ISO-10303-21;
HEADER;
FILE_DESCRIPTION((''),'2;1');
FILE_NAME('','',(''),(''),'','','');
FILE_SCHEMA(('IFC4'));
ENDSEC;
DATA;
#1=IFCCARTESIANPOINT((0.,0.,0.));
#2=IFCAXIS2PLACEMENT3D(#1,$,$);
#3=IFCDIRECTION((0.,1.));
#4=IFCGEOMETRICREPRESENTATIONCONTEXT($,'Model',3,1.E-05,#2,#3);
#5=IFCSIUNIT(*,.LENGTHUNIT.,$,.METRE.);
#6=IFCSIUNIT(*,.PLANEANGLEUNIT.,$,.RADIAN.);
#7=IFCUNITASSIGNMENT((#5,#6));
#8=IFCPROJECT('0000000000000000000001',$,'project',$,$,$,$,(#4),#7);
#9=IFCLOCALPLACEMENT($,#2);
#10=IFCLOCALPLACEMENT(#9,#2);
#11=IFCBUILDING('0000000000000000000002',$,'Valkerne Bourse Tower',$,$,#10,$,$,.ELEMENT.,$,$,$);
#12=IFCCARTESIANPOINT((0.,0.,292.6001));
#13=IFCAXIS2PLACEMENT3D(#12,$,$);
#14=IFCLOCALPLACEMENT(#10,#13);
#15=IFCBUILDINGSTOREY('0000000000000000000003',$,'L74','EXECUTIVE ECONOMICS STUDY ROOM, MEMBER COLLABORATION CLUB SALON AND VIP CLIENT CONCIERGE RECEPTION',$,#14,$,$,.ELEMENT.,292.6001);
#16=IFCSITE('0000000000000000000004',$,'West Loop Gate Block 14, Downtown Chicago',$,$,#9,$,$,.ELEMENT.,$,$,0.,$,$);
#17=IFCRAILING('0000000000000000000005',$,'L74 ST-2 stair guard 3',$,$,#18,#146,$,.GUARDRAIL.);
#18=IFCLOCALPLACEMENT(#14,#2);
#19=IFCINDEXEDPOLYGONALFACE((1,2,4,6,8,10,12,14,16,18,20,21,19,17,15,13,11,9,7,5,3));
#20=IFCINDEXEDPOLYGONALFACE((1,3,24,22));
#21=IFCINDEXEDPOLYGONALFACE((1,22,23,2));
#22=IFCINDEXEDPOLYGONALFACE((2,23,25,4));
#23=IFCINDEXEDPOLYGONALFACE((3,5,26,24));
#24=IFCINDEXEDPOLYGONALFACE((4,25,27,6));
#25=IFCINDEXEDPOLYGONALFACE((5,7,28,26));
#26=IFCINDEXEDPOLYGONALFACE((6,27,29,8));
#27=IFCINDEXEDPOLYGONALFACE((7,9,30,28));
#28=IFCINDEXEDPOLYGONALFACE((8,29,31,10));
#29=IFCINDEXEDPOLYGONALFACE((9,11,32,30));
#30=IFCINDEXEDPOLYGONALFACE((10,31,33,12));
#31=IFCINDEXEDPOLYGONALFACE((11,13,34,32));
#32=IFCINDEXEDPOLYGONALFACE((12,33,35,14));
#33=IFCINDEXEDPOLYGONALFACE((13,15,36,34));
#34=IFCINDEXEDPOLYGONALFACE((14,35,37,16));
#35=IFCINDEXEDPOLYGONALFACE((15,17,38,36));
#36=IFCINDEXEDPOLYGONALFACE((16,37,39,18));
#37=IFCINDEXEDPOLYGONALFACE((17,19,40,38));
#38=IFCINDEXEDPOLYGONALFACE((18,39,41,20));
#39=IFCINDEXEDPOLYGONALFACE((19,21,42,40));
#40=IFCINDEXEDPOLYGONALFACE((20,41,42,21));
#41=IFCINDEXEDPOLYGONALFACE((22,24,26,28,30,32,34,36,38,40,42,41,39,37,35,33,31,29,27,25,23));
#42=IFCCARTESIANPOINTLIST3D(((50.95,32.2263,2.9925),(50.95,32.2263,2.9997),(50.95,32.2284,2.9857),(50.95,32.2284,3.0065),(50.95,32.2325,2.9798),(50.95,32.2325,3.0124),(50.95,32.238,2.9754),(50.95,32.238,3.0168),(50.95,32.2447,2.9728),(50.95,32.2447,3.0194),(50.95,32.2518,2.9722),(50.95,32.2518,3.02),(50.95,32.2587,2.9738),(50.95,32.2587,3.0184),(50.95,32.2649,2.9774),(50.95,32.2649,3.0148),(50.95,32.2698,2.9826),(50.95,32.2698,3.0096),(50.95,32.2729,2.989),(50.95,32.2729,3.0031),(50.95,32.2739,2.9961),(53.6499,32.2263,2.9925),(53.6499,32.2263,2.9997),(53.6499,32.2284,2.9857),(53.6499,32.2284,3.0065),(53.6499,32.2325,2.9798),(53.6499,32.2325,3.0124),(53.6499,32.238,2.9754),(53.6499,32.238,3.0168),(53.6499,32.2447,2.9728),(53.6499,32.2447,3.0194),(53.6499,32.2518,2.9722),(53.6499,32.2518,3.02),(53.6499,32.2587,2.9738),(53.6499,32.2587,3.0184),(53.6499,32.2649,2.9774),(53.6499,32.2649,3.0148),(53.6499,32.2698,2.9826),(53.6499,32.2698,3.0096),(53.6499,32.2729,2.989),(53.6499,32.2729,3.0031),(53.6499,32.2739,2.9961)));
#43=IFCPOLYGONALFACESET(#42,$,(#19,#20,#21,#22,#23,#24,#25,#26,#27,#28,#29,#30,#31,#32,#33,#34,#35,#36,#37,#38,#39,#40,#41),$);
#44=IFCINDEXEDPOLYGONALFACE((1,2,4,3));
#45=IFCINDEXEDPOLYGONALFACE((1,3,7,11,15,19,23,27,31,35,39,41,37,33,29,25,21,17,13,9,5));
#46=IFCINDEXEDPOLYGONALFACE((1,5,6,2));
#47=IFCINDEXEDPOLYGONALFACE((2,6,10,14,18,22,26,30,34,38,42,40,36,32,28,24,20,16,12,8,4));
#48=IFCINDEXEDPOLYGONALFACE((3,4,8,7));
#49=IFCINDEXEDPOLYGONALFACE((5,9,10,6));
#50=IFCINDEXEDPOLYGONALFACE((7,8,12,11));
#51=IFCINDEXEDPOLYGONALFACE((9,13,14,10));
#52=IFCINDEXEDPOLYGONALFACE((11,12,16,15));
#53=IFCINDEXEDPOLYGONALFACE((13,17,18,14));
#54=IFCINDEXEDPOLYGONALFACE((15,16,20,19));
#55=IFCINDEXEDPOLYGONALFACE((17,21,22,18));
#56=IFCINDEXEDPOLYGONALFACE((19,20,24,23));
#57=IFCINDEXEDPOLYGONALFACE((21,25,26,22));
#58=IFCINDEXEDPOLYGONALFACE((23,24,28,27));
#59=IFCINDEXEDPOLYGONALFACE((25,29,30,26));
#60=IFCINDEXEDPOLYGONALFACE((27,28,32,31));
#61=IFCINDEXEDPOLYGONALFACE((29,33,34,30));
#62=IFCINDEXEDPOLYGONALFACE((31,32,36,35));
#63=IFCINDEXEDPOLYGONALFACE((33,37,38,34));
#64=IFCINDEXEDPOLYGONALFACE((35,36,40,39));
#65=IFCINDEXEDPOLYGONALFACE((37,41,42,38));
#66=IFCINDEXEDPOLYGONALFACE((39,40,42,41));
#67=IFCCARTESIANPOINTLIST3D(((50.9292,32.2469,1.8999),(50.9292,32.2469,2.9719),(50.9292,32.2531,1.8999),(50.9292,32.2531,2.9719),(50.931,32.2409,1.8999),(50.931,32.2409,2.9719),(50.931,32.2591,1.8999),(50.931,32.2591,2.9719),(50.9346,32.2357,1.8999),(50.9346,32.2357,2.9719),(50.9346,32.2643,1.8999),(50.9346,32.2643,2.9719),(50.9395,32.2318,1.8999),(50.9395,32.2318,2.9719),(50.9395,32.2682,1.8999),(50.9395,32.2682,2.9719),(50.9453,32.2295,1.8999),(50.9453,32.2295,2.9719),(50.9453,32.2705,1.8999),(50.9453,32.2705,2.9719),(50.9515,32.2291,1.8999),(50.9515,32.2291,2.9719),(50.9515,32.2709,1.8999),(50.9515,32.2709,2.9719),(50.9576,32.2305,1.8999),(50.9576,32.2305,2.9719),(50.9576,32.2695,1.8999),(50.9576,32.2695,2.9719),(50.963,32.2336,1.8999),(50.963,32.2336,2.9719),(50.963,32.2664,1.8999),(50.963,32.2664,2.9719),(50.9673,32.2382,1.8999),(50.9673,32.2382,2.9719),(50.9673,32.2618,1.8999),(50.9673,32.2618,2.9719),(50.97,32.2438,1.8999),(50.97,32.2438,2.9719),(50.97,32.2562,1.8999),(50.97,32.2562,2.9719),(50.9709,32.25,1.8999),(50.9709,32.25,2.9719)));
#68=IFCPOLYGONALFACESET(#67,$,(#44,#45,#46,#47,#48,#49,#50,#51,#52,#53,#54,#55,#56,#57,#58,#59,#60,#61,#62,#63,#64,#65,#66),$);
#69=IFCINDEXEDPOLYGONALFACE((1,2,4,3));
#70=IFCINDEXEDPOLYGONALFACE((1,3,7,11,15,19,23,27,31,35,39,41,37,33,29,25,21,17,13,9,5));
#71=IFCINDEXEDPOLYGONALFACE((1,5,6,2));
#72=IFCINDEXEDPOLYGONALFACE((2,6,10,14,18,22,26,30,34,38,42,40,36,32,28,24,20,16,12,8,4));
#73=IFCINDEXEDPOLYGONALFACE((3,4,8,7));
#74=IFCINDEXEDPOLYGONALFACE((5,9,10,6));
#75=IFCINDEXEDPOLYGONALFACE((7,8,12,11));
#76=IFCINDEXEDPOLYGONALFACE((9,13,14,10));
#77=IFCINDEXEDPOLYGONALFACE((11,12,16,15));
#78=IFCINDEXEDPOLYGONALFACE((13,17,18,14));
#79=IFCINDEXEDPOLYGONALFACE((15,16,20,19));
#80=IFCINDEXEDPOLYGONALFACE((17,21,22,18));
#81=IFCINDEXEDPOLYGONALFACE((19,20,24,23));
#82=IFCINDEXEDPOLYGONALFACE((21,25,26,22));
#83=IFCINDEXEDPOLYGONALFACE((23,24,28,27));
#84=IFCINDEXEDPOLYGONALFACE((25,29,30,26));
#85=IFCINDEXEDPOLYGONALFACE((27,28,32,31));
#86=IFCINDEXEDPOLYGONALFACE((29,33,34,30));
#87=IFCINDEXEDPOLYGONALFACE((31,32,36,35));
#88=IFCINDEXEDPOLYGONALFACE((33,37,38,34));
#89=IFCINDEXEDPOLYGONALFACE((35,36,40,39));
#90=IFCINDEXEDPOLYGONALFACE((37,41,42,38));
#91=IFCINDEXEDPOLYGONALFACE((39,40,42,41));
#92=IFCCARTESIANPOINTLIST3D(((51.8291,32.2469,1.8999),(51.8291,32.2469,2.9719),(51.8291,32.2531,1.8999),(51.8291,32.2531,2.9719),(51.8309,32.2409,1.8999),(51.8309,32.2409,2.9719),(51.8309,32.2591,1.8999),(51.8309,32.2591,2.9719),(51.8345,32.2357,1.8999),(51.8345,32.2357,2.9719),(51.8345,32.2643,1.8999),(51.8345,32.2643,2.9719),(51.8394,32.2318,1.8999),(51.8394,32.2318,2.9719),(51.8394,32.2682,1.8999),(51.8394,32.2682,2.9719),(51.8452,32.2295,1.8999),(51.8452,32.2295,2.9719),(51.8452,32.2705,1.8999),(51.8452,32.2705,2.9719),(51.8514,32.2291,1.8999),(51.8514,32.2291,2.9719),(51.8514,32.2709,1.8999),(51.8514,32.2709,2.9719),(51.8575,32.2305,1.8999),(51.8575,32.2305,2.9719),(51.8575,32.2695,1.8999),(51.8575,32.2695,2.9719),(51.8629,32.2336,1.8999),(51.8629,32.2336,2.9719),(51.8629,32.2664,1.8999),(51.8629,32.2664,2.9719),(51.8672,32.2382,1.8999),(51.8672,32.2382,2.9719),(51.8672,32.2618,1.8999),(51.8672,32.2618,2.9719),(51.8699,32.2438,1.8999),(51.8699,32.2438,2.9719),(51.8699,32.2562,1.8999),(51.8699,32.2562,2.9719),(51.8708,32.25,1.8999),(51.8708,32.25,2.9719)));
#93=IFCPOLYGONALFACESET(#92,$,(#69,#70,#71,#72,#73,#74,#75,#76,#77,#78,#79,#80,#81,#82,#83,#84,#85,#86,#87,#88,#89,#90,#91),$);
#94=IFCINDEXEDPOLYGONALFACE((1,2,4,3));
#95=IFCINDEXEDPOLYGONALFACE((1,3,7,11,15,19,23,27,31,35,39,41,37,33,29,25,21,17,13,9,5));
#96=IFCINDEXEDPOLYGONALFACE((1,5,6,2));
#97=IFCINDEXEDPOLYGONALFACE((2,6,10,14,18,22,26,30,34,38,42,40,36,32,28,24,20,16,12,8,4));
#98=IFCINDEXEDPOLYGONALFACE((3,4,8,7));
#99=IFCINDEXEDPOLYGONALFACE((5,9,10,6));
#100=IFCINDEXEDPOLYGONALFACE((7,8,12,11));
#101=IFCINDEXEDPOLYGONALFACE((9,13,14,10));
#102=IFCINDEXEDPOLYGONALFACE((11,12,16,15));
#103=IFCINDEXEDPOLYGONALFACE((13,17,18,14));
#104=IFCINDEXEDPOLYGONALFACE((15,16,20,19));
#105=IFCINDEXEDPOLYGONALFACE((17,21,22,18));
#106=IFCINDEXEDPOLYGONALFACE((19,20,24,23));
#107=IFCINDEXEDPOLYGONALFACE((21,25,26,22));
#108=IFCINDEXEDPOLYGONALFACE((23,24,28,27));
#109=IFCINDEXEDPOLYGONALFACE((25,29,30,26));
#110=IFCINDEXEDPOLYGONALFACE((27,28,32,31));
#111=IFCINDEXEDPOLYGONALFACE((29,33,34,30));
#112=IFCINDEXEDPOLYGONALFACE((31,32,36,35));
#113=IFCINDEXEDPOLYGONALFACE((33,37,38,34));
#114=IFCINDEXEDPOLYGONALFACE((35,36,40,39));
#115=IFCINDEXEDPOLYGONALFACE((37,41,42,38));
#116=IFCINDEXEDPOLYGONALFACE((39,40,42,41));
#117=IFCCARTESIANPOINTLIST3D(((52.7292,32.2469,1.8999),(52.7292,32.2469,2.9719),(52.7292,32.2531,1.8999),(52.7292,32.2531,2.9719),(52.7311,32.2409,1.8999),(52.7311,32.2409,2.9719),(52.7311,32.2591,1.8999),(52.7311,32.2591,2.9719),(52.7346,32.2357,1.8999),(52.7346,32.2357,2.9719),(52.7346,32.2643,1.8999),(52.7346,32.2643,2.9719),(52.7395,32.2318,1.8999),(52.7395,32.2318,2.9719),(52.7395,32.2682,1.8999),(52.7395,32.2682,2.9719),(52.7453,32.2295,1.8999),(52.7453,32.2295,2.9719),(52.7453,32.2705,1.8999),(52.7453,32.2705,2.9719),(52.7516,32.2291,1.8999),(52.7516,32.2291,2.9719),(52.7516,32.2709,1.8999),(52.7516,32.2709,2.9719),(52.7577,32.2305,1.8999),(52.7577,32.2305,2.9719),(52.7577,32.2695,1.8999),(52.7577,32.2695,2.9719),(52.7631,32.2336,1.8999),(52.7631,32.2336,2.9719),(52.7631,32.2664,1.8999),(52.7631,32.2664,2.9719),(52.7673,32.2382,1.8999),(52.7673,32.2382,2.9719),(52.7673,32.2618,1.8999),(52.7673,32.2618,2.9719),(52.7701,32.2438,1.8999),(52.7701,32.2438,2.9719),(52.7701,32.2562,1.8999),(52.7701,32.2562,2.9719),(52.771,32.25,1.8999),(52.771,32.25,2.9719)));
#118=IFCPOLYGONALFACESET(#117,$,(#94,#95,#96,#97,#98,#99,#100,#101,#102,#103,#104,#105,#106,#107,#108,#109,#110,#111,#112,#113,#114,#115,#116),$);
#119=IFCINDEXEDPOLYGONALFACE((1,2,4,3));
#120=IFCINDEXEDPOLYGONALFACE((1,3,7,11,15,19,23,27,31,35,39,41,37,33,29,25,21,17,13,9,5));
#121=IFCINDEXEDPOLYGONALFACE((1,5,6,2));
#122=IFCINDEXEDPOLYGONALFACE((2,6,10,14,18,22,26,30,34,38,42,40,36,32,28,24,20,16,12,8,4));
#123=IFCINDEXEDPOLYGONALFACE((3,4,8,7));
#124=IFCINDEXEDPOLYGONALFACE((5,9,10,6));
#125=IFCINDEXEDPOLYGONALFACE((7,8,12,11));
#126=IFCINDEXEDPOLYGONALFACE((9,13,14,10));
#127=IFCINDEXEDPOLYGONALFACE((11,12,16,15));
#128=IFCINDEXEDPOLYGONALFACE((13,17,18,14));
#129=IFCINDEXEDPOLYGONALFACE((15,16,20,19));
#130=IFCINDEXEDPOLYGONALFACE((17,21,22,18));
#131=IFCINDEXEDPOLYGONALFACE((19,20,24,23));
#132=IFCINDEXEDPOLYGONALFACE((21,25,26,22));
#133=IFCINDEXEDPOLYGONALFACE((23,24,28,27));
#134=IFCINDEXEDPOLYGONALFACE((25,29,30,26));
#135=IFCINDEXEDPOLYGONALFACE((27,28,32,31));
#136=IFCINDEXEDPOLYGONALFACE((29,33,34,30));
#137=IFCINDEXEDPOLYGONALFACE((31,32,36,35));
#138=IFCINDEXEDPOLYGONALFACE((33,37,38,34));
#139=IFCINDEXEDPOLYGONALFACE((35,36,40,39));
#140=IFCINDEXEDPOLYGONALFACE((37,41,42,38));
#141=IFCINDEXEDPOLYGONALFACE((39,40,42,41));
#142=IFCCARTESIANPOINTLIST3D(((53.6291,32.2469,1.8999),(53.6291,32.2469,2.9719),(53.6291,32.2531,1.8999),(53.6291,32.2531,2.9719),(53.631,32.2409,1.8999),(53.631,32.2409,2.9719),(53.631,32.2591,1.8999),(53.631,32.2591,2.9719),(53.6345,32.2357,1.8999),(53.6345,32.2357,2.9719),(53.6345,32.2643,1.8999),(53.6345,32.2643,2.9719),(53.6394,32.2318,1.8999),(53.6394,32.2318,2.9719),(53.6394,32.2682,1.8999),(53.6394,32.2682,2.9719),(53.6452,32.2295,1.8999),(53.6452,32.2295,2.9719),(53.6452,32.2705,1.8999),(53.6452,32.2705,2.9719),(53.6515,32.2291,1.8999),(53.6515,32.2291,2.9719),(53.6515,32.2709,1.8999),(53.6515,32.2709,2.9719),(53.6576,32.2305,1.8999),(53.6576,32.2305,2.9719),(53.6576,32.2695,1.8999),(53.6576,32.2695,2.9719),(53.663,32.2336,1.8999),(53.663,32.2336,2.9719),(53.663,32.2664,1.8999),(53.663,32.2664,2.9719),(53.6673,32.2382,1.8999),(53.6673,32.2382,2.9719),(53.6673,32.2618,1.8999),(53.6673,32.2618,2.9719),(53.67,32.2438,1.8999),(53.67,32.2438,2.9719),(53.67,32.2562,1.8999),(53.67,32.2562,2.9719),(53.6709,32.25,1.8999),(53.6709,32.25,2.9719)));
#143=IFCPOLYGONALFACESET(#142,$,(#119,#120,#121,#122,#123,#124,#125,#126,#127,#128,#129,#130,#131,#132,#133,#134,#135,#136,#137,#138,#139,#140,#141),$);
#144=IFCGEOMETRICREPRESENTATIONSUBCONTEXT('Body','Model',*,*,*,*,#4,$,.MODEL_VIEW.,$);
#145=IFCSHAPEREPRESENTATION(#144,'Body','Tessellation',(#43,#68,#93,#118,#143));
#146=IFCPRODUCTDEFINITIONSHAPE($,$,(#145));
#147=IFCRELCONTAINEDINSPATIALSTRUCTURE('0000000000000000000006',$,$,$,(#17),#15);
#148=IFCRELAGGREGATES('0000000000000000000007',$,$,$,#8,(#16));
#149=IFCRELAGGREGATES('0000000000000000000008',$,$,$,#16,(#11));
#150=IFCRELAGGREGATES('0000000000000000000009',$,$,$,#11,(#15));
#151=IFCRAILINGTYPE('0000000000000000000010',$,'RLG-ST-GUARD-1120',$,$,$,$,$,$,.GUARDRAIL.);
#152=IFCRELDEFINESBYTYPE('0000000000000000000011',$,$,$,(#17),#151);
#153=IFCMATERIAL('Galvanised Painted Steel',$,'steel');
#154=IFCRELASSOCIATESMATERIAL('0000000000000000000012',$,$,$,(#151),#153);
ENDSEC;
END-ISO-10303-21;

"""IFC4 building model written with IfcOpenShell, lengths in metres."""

from ifc_helpers import new_model, si_unit, direction, frame, origin, origin_2d, place, context, subcontext, project, spatial, circle, extrude, material, type_object, element, save


model = new_model("IFC4")

# Units and contexts
model_context = context("Model", 3, precision=1e-05, world=origin(), true_north=direction((0.0, 1.0)))
body_context = subcontext(model_context, "Body", "Model", "MODEL_VIEW")
ifc_project = project(units=[si_unit("LENGTHUNIT", "METRE"), si_unit("PLANEANGLEUNIT", "RADIAN")], contexts=[model_context])

# Site, building, storey
site_placement = place(None, origin())
site = spatial("IfcSite", under=ifc_project, at=site_placement, Name="West Loop Gate Block 14, Downtown Chicago", CompositionType="ELEMENT", RefElevation=0.0)
building_placement = place(site_placement, origin())
building = spatial("IfcBuilding", under=site, at=building_placement, Name="Valkerne Bourse Tower", CompositionType="ELEMENT")
storey_placement = place(building_placement, frame((0.0, 0.0, 292.6001)))
storey = spatial("IfcBuildingStorey", under=building, at=storey_placement, Name="L74", Description="EXECUTIVE ECONOMICS STUDY ROOM, MEMBER COLLABORATION CLUB SALON AND VIP CLIENT CONCIERGE RECEPTION", CompositionType="ELEMENT", Elevation=292.6001)

# Shared definitions
ifc_material_1 = material(Name="Galvanised Painted Steel", Category="steel")

# Railing
railing_type_1 = type_object("IfcRailingType", Name="RLG-ST-GUARD-1120", PredefinedType="GUARDRAIL", material=ifc_material_1)
for number, where, name in (
    (1, (50.95, 32.25, 1.8999), "L74 ST-2 stair guard 3"),
):
    element("IfcRailing", number, at=place(storey_placement, frame(where)), inside=storey, type_object=railing_type_1, Name=name, PredefinedType="GUARDRAIL", context=body_context, shape_type="SweptSolid", body=[
        extrude(circle(Radius=0.0239, at=origin_2d()), frame((0.0, 0.0, 1.0962), z_axis=(1.0, 0.0, 0.0), x_axis=(0.0, 1.0, 0.0)), (0.0, 0.0, 1.0), 2.7),
        extrude(circle(Radius=0.021, at=origin_2d()), origin(), (0.0, 0.0, 1.0), 1.072),
        extrude(circle(Radius=0.021, at=origin_2d()), frame((0.8999, 0.0, 0.0)), (0.0, 0.0, 1.0), 1.072),
        extrude(circle(Radius=0.021, at=origin_2d()), frame((1.8, 0.0, 0.0)), (0.0, 0.0, 1.0), 1.072),
        extrude(circle(Radius=0.021, at=origin_2d()), frame((2.7, 0.0, 0.0)), (0.0, 0.0, 1.0), 1.072),
    ])

save(model, "model.ifc")
